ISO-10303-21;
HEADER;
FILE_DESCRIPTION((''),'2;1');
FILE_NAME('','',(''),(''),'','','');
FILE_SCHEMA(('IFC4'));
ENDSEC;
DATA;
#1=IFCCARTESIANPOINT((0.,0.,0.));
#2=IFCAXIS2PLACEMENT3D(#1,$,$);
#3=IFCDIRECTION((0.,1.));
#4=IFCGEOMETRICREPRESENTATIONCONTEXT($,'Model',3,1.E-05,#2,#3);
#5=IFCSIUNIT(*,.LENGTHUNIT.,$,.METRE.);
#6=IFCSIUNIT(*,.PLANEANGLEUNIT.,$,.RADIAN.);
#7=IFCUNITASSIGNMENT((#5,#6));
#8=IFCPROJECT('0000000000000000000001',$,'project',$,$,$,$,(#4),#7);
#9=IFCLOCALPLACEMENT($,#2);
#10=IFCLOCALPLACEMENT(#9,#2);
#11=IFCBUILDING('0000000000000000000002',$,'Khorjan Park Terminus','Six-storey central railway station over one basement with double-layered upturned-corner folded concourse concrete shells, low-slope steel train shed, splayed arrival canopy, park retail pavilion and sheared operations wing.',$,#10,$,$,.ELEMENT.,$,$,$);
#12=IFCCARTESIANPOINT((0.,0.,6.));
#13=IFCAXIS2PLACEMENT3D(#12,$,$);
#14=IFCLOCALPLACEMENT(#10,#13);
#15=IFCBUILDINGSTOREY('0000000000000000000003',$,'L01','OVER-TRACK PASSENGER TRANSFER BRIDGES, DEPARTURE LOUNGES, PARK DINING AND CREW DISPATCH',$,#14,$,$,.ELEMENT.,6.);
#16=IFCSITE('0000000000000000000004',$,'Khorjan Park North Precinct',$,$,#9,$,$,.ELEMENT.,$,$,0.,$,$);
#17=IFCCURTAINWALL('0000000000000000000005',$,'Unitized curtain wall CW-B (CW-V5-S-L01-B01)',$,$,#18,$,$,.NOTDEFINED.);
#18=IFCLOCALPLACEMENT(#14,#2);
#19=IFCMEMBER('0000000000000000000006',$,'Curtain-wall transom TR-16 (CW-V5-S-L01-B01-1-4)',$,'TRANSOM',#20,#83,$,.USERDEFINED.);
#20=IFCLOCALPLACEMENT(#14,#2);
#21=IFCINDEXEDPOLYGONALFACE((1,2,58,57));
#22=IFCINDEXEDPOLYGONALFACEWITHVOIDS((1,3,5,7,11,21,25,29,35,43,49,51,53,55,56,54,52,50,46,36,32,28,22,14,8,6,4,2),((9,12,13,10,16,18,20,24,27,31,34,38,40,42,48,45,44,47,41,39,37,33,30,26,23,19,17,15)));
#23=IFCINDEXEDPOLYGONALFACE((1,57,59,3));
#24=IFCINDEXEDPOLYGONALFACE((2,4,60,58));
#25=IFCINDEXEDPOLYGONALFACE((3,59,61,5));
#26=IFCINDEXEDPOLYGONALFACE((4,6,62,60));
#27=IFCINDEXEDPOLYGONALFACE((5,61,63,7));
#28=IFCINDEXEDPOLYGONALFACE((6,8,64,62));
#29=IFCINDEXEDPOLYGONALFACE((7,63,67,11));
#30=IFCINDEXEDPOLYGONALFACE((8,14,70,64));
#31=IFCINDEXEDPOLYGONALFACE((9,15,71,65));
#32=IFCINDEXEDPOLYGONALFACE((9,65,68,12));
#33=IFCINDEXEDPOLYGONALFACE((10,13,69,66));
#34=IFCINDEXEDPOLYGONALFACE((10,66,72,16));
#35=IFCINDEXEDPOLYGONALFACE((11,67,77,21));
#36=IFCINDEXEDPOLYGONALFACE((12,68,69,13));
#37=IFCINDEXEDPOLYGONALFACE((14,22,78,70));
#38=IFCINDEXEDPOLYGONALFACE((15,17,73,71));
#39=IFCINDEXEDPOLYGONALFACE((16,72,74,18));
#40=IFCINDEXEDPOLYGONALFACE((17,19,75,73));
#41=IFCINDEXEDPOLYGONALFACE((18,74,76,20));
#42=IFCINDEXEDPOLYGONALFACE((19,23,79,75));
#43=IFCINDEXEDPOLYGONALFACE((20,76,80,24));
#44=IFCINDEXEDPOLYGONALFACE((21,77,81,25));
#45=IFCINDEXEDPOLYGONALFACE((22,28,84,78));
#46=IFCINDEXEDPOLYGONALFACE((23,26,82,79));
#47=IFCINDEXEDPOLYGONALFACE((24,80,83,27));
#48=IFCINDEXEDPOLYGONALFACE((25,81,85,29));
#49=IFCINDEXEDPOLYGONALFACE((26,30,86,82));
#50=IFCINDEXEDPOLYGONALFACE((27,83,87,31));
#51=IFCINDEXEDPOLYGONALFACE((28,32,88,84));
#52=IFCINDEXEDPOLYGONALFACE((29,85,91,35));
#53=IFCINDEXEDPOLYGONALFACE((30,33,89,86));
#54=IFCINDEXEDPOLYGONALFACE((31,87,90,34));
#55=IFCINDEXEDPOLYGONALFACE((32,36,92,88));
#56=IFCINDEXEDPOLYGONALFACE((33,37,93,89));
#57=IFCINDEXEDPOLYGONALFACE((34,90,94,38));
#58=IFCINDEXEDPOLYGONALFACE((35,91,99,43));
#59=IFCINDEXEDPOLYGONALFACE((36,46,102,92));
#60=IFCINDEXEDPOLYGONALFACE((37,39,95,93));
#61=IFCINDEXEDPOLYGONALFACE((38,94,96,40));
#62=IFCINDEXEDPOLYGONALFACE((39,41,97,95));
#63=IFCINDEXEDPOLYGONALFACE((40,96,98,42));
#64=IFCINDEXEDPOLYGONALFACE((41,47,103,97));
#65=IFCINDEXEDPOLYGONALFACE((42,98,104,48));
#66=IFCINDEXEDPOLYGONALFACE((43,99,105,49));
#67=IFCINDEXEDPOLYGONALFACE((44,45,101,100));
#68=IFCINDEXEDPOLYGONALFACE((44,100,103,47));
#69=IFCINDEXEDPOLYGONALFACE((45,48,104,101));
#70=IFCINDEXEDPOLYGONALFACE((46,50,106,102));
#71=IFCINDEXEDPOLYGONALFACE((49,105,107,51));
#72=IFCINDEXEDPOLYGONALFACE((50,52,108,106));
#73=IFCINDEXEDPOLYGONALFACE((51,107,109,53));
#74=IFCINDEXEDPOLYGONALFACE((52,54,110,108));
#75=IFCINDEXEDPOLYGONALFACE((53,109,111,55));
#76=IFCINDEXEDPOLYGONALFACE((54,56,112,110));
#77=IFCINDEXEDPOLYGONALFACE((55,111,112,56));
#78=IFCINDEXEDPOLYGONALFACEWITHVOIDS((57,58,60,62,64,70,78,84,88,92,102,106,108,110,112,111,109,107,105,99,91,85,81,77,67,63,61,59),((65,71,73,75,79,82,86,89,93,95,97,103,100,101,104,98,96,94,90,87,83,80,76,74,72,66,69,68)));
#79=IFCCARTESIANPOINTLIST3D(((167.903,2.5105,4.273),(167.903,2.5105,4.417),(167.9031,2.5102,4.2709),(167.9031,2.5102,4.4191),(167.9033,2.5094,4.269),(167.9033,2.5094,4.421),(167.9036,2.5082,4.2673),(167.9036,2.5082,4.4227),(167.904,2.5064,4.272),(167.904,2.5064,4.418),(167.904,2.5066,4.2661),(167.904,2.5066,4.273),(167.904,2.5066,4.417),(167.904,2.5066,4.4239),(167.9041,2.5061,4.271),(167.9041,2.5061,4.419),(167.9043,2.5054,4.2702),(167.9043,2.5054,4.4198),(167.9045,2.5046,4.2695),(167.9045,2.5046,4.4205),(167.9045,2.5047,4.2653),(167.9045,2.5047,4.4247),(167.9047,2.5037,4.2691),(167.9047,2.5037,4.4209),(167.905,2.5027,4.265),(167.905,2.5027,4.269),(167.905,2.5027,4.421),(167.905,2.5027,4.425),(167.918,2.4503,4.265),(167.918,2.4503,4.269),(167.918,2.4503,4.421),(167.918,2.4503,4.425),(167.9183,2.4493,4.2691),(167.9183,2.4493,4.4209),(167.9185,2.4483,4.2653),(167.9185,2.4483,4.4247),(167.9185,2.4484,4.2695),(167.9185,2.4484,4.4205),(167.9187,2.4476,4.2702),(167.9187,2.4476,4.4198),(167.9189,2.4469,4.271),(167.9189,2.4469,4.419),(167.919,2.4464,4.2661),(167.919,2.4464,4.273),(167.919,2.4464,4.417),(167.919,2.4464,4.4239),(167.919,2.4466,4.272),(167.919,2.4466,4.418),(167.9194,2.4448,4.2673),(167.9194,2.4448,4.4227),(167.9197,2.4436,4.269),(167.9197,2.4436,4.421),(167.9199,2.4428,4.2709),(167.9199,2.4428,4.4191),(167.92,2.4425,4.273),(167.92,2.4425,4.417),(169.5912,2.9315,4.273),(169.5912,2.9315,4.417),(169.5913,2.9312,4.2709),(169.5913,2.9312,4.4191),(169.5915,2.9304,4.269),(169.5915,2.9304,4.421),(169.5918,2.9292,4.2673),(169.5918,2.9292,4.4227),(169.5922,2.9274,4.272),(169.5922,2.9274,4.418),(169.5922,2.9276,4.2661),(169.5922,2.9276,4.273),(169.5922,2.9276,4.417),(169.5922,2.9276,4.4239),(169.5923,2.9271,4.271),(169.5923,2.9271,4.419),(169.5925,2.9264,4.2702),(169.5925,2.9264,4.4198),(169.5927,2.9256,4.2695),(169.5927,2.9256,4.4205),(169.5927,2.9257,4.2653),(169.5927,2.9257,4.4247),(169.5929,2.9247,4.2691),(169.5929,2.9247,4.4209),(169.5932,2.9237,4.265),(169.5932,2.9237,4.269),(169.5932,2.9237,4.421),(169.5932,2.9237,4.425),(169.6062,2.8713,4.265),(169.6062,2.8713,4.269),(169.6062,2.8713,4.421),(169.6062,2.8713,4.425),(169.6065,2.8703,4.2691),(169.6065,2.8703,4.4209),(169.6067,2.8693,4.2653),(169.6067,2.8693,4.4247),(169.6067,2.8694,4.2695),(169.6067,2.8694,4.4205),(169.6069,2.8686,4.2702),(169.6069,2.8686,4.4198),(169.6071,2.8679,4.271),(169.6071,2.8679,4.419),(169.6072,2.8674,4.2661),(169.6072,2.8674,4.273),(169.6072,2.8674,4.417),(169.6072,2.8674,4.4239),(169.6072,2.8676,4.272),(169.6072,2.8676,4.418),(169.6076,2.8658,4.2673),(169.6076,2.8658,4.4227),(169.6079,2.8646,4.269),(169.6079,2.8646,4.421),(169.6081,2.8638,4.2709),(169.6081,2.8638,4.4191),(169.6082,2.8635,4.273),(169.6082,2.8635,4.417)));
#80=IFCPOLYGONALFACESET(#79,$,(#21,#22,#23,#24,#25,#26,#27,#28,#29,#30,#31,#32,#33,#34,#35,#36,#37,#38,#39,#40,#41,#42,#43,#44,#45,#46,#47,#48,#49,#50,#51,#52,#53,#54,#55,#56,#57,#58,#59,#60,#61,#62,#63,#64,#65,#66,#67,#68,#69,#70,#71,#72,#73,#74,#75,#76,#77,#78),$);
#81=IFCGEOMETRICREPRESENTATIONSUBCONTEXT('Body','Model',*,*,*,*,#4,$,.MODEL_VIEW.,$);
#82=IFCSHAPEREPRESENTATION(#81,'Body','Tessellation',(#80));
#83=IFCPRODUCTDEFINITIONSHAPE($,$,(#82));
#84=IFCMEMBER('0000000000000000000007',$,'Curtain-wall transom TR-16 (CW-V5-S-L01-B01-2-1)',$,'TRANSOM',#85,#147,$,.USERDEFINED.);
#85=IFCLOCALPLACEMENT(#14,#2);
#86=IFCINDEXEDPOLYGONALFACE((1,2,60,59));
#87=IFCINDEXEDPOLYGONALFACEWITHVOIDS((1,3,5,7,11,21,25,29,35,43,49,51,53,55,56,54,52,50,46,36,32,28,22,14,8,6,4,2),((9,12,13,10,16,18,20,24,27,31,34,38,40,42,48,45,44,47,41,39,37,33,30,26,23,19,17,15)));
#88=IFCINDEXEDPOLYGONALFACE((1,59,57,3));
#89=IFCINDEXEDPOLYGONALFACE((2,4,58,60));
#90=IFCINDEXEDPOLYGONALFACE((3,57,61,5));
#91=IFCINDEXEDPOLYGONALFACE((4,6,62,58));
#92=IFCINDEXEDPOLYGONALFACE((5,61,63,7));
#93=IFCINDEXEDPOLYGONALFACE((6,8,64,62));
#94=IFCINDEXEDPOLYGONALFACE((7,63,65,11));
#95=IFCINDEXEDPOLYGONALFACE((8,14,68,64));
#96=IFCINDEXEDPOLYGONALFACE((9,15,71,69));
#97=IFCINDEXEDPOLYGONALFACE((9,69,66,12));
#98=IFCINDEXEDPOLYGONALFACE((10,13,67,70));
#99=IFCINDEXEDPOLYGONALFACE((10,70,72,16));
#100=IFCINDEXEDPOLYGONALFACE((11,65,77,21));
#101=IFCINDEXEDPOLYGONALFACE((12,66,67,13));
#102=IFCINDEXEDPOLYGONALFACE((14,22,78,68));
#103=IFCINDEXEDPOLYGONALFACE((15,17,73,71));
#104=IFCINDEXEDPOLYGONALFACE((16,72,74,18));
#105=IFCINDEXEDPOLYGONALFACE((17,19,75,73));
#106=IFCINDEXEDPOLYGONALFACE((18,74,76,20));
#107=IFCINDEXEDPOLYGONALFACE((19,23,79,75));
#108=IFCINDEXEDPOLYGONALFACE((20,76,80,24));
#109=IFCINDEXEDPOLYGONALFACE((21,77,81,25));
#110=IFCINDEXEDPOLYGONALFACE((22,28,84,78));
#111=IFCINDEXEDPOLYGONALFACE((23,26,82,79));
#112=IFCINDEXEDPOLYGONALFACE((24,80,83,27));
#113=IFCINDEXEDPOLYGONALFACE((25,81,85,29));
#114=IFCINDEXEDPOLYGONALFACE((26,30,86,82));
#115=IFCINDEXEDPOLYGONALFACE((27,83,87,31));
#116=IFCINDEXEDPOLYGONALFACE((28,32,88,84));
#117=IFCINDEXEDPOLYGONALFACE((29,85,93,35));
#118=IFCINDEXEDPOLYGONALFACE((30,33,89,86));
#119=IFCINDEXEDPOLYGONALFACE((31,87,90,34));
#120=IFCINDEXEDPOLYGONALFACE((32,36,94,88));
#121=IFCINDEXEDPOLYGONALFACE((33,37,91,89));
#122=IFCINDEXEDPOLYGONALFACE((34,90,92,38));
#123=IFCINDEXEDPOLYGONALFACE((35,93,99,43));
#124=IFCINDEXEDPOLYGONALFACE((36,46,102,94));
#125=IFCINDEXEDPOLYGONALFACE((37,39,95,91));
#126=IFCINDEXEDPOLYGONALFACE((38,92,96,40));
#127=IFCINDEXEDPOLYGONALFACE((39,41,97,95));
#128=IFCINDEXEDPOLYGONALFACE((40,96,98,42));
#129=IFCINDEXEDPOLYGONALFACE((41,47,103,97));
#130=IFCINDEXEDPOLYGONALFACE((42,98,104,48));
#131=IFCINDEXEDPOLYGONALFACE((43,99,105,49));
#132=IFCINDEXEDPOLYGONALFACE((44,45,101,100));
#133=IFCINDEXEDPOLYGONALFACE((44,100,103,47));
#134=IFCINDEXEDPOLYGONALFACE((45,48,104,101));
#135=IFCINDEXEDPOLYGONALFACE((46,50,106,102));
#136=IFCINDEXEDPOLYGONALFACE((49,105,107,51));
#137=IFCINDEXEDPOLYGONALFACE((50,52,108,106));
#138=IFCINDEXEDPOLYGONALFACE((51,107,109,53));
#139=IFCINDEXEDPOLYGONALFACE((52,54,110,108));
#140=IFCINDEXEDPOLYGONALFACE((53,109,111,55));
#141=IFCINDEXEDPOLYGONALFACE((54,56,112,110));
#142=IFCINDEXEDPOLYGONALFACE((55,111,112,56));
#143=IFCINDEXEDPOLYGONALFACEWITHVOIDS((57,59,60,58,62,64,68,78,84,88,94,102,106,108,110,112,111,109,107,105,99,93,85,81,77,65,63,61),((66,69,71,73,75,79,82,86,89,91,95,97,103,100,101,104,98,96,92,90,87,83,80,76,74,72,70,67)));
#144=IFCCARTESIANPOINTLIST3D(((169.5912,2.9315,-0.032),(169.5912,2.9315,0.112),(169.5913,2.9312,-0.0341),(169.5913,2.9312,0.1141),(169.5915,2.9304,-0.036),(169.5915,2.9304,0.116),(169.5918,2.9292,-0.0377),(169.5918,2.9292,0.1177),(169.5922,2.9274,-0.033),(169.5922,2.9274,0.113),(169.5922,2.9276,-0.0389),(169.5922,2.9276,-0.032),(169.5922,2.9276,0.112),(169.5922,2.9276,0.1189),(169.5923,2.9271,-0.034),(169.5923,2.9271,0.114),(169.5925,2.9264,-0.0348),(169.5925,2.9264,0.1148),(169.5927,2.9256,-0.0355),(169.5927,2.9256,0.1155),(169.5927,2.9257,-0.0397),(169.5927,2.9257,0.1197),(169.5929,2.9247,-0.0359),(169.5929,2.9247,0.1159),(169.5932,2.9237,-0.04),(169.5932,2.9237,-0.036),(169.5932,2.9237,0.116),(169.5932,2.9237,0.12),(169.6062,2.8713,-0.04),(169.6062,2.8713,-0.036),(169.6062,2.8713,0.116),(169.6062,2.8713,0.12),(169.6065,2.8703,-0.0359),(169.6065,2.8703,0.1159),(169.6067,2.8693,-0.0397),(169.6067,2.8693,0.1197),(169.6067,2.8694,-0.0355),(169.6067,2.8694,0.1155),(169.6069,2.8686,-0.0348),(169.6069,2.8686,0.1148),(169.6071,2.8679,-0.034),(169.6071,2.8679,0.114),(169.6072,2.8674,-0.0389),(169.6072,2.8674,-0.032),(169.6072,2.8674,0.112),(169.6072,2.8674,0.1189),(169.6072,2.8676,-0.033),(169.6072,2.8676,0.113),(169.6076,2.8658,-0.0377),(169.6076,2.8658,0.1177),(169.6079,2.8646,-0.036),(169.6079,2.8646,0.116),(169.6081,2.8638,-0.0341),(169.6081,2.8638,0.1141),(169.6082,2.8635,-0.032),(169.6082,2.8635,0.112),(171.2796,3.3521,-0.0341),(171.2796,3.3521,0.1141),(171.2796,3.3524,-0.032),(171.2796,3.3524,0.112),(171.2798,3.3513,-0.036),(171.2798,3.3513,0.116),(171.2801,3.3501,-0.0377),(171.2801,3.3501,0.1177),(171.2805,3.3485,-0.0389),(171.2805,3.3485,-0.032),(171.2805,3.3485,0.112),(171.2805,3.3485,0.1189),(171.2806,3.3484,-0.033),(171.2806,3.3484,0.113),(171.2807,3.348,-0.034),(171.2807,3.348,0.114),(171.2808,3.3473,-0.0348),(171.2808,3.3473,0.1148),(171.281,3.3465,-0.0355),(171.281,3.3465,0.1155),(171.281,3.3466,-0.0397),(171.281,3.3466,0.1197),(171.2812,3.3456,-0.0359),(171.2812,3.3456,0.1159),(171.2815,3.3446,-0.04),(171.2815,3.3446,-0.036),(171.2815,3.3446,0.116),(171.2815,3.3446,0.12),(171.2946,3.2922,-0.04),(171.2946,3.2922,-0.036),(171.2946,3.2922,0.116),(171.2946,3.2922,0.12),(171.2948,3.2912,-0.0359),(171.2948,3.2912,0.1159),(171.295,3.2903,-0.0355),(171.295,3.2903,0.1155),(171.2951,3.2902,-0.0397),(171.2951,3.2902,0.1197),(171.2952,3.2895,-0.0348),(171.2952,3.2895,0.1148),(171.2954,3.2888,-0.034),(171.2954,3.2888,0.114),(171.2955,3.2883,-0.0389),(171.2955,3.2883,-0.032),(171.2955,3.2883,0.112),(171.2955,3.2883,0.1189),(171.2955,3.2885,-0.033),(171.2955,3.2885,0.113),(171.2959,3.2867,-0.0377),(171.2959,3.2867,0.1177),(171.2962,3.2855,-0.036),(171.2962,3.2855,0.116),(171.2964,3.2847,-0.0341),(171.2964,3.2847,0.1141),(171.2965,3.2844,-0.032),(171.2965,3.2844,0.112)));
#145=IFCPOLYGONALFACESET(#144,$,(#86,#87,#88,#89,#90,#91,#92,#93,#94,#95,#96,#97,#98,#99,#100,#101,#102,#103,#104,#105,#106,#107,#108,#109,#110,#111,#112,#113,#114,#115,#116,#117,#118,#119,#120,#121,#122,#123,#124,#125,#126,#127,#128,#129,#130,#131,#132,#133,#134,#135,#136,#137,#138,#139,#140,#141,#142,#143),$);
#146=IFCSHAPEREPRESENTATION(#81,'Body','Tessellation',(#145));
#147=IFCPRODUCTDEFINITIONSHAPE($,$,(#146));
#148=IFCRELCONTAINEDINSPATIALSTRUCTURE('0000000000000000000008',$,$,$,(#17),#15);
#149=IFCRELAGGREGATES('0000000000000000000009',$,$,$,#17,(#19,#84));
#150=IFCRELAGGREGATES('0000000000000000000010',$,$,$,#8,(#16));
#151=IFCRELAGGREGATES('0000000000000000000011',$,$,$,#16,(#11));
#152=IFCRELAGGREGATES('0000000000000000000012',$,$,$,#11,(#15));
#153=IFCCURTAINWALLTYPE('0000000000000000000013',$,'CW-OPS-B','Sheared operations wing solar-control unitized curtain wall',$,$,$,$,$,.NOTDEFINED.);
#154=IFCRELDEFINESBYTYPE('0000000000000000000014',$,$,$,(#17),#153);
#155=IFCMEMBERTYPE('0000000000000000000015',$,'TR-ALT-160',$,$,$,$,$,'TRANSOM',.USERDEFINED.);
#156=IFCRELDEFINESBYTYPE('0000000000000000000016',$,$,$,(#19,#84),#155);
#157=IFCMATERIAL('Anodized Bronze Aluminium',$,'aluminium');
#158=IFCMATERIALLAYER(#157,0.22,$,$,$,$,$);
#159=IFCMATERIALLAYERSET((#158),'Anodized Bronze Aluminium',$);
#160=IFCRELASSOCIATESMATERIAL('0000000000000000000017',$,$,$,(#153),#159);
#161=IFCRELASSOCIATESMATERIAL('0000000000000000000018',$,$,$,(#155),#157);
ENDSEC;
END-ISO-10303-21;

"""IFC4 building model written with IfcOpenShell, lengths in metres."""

from ifc_helpers import new_model, si_unit, direction, frame, origin, origin_2d, place, context, subcontext, project, spatial, hollow_rectangle, extrude, material, layer, layer_set, material_profile, profile_set, type_object, element, aggregate, save


model = new_model("IFC4")

# Units and contexts
model_context = context("Model", 3, precision=1e-05, world=origin(), true_north=direction((0.0, 1.0)))
body_context = subcontext(model_context, "Body", "Model", "MODEL_VIEW")
ifc_project = project(units=[si_unit("LENGTHUNIT", "METRE"), si_unit("PLANEANGLEUNIT", "RADIAN")], contexts=[model_context])

# Site, building, storey
site_placement = place(None, origin())
site = spatial("IfcSite", under=ifc_project, at=site_placement, Name="Khorjan Park North Precinct", CompositionType="ELEMENT", RefElevation=0.0)
building_placement = place(site_placement, origin())
building = spatial("IfcBuilding", under=site, at=building_placement, Name="Khorjan Park Terminus", Description="Six-storey central railway station over one basement with double-layered upturned-corner folded concourse concrete shells, low-slope steel train shed, splayed arrival canopy, park retail pavilion and sheared operations wing.", CompositionType="ELEMENT")
storey_placement = place(building_placement, frame((0.0, 0.0, 6.0)))
storey = spatial("IfcBuildingStorey", under=building, at=storey_placement, Name="L01", Description="OVER-TRACK PASSENGER TRANSFER BRIDGES, DEPARTURE LOUNGES, PARK DINING AND CREW DISPATCH", CompositionType="ELEMENT", Elevation=6.0)

# Curtain wall, members
ifc_material_1 = material(Name="Anodized Bronze Aluminium", Category="aluminium")
ifc_layer_1 = layer(ifc_material_1, 0.22)
ifc_layer_set_1 = layer_set([ifc_layer_1], Name="Anodized Bronze Aluminium")
curtain_wall_type = type_object("IfcCurtainWallType", Name="CW-OPS-B", Description="Sheared operations wing solar-control unitized curtain wall", PredefinedType="NOTDEFINED", material=ifc_layer_set_1)
curtain_wall_placement = place(storey_placement, origin())
curtain_wall = element("IfcCurtainWall", 1, at=curtain_wall_placement, inside=storey, type_object=curtain_wall_type, Name="Unitized curtain wall CW-B (CW-V5-S-L01-B01)", PredefinedType="NOTDEFINED")
ifc_material_profile_1 = material_profile(ifc_material_1, hollow_rectangle(XDim=0.07, YDim=0.16, WallThickness=0.004, InnerFilletRadius=0.004, OuterFilletRadius=0.008, at=origin_2d()), Name="ALT 70x160x4")
ifc_profile_set_1 = profile_set([ifc_material_profile_1], Name="Anodized Bronze Aluminium")
member_type_1 = type_object("IfcMemberType", Name="TR-ALT-160", ElementType="TRANSOM", PredefinedType="USERDEFINED", material=ifc_profile_set_1)
member_1_placement = place(storey_placement, frame((167.9115, 2.4765, 4.345), z_axis=(0.970284, 0.241968, 0.0), x_axis=(-0.241968, 0.970284, 0.0)))
member_1 = element("IfcMember", 2, at=member_1_placement, type_object=member_type_1, Name="Curtain-wall transom TR-16 (CW-V5-S-L01-B01-1-4)", ObjectType="TRANSOM", PredefinedType="USERDEFINED", context=body_context, shape_type="SweptSolid", body=[
    extrude(hollow_rectangle(XDim=0.07, YDim=0.16, WallThickness=0.004, InnerFilletRadius=0.004, OuterFilletRadius=0.008, at=origin_2d()), origin(), (0.0, 0.0, 1.0), 1.7399),
])
member_2_placement = place(storey_placement, frame((169.5997, 2.8975, 0.04), z_axis=(0.970301, 0.2419, 0.0), x_axis=(-0.2419, 0.970301, 0.0)))
member_2 = element("IfcMember", 3, at=member_2_placement, type_object=member_type_1, Name="Curtain-wall transom TR-16 (CW-V5-S-L01-B01-2-1)", ObjectType="TRANSOM", PredefinedType="USERDEFINED", context=body_context, shape_type="SweptSolid", body=[
    extrude(hollow_rectangle(XDim=0.07, YDim=0.16, WallThickness=0.004, InnerFilletRadius=0.004, OuterFilletRadius=0.008, at=origin_2d()), origin(), (0.0, 0.0, 1.0), 1.74),
])
aggregate(curtain_wall, [member_1, member_2])

save(model, "model.ifc")
